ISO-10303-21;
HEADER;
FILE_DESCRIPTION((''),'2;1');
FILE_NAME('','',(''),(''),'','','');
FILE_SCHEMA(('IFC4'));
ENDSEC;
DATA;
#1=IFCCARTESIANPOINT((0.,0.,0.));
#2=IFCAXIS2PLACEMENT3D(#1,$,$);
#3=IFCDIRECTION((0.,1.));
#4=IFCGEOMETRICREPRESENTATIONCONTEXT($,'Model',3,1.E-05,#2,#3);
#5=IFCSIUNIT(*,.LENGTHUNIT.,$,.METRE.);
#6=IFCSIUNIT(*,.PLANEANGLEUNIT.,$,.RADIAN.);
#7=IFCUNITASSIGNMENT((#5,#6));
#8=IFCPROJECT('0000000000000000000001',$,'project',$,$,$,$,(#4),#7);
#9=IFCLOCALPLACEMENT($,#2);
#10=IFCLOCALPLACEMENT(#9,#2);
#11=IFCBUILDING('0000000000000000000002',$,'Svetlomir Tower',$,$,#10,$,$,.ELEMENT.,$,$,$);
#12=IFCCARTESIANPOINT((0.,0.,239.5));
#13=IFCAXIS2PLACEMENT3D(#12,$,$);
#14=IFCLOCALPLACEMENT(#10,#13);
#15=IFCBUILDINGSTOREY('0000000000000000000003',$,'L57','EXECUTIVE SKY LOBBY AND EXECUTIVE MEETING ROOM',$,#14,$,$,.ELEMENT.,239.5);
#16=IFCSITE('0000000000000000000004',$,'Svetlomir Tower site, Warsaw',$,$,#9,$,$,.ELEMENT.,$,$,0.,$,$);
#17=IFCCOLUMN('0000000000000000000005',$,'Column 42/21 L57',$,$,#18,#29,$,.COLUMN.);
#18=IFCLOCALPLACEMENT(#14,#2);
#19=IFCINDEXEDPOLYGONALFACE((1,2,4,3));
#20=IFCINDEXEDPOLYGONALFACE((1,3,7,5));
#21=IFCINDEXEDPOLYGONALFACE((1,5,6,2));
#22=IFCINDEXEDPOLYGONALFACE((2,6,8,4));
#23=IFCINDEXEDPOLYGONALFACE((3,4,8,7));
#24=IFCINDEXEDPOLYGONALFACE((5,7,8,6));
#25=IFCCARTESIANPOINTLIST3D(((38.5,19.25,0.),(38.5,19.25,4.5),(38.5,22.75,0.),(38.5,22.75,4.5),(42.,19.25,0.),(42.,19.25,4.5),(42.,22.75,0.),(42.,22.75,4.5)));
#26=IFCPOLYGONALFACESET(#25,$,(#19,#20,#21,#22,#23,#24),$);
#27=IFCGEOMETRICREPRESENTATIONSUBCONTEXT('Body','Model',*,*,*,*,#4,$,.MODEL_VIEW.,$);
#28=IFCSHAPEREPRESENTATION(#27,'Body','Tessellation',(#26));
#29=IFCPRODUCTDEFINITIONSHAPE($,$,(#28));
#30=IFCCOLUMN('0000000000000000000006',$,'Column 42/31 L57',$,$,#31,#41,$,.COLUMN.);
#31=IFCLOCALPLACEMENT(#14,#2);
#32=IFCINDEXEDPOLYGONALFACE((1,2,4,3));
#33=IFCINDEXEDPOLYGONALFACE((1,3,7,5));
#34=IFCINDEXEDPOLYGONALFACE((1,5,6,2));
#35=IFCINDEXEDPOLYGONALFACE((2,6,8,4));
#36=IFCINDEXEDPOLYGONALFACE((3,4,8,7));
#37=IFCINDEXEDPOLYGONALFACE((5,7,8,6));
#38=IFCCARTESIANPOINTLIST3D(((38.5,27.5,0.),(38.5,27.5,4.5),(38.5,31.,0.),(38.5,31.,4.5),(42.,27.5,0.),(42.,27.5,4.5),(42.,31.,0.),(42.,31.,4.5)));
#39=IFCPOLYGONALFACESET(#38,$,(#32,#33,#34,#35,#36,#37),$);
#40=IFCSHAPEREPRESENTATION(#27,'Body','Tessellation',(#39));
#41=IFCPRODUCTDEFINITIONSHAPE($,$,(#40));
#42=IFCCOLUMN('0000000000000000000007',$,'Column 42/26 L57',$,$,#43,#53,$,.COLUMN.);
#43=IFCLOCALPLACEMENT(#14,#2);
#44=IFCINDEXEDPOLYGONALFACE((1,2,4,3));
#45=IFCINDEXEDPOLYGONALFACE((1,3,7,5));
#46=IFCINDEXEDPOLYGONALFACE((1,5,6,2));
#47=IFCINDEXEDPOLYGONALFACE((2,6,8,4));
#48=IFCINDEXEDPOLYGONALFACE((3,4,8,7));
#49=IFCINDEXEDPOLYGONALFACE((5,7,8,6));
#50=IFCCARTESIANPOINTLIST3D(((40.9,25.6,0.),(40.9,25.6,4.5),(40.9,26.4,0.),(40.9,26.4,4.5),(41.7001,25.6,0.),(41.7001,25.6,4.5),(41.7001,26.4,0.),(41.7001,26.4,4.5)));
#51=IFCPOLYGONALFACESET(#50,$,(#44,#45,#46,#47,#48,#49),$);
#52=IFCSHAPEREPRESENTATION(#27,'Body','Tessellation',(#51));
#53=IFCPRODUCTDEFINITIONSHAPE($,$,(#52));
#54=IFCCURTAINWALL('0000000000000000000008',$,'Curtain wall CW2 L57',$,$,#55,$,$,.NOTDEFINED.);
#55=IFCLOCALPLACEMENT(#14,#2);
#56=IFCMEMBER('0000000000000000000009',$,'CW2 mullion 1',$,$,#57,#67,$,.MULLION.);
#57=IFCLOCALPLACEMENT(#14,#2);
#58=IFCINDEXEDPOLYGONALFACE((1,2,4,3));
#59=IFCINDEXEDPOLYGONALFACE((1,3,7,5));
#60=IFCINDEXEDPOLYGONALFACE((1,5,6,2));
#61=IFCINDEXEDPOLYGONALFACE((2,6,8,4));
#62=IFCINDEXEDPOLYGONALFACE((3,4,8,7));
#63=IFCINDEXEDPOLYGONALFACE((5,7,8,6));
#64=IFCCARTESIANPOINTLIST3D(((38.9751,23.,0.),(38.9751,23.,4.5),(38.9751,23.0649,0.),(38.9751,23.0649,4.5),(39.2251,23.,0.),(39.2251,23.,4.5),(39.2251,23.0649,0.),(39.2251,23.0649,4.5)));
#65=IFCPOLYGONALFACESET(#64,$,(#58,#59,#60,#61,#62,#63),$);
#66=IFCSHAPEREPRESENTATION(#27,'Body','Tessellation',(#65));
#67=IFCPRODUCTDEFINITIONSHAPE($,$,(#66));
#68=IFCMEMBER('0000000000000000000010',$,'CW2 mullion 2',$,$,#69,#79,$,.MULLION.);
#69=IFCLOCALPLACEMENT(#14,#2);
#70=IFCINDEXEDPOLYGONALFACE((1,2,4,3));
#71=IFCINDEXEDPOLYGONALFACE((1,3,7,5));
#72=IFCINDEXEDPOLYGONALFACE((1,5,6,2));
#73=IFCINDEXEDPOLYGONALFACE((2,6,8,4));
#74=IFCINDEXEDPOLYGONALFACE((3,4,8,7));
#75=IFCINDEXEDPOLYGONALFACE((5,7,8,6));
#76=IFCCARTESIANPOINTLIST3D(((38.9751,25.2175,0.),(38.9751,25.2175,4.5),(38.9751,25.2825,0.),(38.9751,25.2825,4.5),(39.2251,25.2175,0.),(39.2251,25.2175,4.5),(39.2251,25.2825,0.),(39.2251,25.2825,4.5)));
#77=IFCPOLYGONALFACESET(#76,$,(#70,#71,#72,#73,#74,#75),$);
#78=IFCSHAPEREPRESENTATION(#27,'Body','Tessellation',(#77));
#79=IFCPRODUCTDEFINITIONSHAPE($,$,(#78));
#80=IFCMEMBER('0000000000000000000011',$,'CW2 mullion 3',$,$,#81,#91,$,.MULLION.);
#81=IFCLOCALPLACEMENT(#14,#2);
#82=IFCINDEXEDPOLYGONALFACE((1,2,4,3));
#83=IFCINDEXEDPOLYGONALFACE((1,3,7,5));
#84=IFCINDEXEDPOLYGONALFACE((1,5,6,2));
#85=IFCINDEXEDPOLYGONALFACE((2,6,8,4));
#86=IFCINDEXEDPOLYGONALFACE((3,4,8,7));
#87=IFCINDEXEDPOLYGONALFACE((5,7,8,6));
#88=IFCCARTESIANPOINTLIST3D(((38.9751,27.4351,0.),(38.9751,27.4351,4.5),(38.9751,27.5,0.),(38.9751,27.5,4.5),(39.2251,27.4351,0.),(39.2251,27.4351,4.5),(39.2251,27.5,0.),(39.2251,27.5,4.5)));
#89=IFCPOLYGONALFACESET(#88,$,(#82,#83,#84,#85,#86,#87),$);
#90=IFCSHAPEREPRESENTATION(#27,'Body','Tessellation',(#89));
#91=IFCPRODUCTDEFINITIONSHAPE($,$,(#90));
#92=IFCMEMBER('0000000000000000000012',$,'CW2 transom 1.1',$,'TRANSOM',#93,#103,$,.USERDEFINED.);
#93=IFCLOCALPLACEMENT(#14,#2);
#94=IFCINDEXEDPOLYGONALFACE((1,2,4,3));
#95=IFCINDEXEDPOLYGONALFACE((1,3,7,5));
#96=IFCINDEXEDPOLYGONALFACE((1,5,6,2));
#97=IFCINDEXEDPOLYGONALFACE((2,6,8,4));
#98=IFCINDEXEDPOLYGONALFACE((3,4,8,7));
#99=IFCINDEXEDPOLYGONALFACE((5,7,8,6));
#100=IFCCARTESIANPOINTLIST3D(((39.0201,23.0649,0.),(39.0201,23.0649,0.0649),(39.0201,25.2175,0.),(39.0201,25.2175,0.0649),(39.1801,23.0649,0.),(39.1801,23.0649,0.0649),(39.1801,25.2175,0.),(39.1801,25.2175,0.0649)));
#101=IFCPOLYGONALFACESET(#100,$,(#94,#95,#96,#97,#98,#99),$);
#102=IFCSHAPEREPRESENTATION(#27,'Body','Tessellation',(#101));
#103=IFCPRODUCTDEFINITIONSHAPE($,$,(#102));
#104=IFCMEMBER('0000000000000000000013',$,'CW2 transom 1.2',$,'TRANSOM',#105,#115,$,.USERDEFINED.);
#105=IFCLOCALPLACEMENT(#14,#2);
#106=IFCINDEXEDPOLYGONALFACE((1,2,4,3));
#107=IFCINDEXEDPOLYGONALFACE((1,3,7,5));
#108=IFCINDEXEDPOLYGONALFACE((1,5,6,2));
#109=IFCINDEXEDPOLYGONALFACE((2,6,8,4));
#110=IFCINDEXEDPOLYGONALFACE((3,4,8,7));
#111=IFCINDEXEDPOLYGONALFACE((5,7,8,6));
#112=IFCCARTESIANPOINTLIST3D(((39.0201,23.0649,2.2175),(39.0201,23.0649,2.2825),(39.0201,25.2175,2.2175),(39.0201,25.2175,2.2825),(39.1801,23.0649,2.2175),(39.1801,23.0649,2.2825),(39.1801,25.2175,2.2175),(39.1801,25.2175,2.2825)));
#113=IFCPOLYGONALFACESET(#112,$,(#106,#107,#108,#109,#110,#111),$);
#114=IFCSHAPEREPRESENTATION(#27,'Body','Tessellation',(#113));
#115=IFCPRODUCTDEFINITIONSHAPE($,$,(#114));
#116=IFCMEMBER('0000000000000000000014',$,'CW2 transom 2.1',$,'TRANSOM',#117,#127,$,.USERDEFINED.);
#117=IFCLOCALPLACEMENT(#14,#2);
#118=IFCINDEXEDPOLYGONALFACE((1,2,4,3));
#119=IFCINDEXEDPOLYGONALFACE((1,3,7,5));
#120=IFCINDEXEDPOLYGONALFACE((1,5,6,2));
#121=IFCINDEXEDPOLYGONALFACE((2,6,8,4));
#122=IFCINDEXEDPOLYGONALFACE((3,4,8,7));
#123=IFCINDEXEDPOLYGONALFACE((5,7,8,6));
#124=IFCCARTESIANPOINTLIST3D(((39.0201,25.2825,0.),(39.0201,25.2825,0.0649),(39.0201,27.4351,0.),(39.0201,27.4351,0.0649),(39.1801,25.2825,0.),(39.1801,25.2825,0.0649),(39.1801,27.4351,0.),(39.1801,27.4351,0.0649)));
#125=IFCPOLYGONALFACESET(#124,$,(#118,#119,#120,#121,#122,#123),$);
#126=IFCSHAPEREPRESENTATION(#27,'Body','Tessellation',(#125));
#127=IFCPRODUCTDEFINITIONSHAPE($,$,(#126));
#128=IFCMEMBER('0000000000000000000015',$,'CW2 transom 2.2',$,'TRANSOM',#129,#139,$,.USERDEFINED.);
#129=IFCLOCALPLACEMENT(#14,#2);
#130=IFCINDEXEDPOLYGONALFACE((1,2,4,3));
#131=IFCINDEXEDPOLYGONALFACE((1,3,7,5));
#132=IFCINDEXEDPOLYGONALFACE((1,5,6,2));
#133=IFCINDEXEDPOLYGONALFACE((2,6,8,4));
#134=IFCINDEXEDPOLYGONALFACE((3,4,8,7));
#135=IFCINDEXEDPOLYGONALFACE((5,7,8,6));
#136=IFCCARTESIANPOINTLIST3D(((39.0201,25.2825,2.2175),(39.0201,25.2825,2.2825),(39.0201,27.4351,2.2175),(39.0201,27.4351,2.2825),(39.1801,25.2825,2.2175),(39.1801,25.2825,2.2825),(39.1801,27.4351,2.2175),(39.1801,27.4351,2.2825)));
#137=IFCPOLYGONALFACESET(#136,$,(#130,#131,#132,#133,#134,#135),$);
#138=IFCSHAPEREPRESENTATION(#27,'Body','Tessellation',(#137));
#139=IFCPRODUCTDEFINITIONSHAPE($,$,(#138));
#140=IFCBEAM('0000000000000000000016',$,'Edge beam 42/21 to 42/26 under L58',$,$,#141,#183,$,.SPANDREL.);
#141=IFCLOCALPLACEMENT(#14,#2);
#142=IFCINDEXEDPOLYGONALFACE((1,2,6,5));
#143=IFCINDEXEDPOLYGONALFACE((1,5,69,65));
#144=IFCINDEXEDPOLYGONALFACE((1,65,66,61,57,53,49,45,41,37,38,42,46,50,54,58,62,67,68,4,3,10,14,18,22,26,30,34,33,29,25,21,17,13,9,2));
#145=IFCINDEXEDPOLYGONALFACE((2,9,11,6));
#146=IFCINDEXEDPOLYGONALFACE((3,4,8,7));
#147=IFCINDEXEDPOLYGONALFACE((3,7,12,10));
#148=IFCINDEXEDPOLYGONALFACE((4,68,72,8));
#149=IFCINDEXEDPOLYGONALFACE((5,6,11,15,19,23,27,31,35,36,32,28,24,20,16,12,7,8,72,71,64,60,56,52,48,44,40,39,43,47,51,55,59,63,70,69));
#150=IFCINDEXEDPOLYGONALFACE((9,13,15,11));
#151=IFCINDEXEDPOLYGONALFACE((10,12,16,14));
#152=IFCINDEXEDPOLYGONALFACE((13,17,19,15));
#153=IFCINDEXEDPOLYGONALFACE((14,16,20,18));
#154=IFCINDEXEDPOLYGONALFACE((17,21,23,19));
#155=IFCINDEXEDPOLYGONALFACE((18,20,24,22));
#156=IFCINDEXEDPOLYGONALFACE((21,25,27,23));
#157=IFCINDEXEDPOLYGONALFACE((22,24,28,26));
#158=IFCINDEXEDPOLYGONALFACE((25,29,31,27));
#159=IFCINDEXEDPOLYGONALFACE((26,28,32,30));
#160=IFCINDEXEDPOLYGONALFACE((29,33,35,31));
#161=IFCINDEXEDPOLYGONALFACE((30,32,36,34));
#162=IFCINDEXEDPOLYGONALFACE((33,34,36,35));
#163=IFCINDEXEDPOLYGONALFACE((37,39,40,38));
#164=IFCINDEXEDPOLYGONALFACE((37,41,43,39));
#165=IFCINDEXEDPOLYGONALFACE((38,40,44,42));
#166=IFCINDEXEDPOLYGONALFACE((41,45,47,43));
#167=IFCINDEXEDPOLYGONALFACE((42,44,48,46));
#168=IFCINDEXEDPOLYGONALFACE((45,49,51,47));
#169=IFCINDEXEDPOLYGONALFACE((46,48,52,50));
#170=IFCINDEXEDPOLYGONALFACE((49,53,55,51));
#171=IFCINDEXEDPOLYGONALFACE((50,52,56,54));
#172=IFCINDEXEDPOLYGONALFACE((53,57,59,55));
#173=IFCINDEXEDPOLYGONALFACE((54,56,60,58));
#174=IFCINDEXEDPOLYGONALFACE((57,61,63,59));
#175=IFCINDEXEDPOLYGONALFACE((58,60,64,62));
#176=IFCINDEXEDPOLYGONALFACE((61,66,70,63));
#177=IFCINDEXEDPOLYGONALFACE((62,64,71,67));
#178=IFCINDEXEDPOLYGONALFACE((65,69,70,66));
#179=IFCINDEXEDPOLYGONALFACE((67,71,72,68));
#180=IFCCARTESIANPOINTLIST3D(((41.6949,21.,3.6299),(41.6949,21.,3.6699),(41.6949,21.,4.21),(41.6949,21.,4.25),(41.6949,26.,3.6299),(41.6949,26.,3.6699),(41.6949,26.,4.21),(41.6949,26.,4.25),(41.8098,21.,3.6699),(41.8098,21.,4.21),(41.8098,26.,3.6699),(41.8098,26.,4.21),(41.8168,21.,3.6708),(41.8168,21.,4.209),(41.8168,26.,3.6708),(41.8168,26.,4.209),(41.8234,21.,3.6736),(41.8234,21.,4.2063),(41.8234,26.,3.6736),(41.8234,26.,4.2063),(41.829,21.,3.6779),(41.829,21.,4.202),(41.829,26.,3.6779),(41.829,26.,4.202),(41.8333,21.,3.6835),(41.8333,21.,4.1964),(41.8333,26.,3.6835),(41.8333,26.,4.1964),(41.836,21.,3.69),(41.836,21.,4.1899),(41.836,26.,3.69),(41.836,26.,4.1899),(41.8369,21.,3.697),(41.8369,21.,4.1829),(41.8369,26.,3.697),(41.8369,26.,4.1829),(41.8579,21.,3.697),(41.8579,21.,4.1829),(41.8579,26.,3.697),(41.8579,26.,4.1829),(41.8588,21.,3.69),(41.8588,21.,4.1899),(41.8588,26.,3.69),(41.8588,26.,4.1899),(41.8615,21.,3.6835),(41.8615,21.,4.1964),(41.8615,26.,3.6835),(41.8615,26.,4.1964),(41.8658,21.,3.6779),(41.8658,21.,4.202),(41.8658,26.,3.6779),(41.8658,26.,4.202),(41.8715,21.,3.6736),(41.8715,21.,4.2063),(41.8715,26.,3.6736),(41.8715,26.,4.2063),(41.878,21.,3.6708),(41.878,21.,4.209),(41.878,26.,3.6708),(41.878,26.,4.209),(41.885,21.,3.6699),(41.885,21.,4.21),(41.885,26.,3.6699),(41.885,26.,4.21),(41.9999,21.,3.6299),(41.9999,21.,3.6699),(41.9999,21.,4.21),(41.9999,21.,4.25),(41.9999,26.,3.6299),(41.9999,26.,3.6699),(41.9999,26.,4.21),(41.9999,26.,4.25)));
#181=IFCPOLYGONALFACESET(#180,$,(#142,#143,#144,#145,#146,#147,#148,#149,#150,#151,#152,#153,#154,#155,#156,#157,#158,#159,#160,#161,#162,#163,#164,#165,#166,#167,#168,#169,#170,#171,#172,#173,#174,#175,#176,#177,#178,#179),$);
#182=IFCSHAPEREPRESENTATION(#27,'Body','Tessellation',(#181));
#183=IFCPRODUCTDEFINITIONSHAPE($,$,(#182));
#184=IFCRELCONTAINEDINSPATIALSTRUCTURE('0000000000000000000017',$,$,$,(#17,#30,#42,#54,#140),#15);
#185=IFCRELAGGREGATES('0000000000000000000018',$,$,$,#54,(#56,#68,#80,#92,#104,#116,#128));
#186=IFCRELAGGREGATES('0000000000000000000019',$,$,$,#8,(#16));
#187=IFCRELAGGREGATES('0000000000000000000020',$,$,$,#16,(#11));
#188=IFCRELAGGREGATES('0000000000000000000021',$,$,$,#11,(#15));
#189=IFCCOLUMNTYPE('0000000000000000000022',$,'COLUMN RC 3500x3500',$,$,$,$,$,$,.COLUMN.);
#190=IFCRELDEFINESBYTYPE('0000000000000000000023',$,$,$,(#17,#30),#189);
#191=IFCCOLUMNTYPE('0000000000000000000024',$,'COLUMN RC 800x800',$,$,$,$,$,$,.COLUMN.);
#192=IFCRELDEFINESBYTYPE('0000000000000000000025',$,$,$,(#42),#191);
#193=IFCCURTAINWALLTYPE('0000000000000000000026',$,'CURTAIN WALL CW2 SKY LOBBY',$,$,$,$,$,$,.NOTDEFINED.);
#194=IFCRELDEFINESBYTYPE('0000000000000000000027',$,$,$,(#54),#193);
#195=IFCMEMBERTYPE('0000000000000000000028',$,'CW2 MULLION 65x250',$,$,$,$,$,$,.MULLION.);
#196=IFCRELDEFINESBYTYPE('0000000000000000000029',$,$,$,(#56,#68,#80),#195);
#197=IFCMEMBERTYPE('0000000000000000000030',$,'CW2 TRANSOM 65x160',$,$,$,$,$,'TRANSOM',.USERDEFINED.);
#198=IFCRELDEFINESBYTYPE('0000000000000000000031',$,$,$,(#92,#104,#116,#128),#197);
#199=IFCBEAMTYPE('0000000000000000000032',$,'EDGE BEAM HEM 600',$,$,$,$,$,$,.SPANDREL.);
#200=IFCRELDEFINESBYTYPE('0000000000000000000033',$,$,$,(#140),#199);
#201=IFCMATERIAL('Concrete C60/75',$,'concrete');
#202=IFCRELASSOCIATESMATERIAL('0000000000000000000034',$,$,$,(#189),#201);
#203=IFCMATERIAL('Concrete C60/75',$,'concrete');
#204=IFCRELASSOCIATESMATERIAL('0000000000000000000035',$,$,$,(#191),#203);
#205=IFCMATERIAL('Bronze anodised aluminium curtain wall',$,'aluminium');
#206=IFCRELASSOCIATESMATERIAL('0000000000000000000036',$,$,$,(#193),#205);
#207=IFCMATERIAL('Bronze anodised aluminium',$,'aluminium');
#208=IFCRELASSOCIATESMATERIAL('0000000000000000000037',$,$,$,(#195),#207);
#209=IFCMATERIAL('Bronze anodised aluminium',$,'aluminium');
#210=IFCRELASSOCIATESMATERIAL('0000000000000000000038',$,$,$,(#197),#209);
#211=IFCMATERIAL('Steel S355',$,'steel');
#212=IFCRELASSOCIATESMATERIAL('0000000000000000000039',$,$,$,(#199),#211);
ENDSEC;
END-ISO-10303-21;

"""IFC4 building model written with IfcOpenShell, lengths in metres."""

from ifc_helpers import new_model, si_unit, direction, frame, origin, origin_2d, place, context, subcontext, project, spatial, rectangle, i_section, extrude, material, material_profile, profile_set, type_object, element, aggregate, save


model = new_model("IFC4")

# Units and contexts
model_context = context("Model", 3, precision=1e-05, world=origin(), true_north=direction((0.0, 1.0)))
body_context = subcontext(model_context, "Body", "Model", "MODEL_VIEW")
ifc_project = project(units=[si_unit("LENGTHUNIT", "METRE"), si_unit("PLANEANGLEUNIT", "RADIAN")], contexts=[model_context])

# Site, building, storey
site_placement = place(None, origin())
site = spatial("IfcSite", under=ifc_project, at=site_placement, Name="Svetlomir Tower site, Warsaw", CompositionType="ELEMENT", RefElevation=0.0)
building_placement = place(site_placement, origin())
building = spatial("IfcBuilding", under=site, at=building_placement, Name="Svetlomir Tower", CompositionType="ELEMENT")
storey_placement = place(building_placement, frame((0.0, 0.0, 239.5)))
storey = spatial("IfcBuildingStorey", under=building, at=storey_placement, Name="L57", Description="EXECUTIVE SKY LOBBY AND EXECUTIVE MEETING ROOM", CompositionType="ELEMENT", Elevation=239.5)

# Columns
ifc_material_1 = material(Name="Concrete C60/75", Category="concrete")
ifc_material_profile_1 = material_profile(ifc_material_1, rectangle(XDim=3.5, YDim=3.5, at=origin_2d()), Name="RC 3500x3500")
ifc_profile_set_1 = profile_set([ifc_material_profile_1], Name="Concrete C60/75")
column_type_1 = type_object("IfcColumnType", Name="COLUMN RC 3500x3500", PredefinedType="COLUMN", material=ifc_profile_set_1)
for number, where, z_axis, x_axis, name in (
    (1, (40.25, 21.0, 0.0), (0.0, 0.0, 1.0), (1.0, 0.0, 0.0), "Column 42/21 L57"),
    (2, (40.25, 29.25, 0.0), (0.0, 0.0, 1.0), (1.0, 0.0, 0.0), "Column 42/31 L57"),
):
    element("IfcColumn", number, at=place(storey_placement, frame(where, z_axis=z_axis, x_axis=x_axis)), inside=storey, type_object=column_type_1, Name=name, PredefinedType="COLUMN", context=body_context, shape_type="SweptSolid", body=[
        extrude(rectangle(XDim=3.5, YDim=3.5, at=origin_2d()), origin(), (0.0, 0.0, 1.0), 4.5),
    ])
ifc_material_2 = material(Name="Concrete C60/75", Category="concrete")
ifc_material_profile_2 = material_profile(ifc_material_2, rectangle(XDim=0.8, YDim=0.8, at=origin_2d()), Name="RC 800x800")
ifc_profile_set_2 = profile_set([ifc_material_profile_2], Name="Concrete C60/75")
column_type_2 = type_object("IfcColumnType", Name="COLUMN RC 800x800", PredefinedType="COLUMN", material=ifc_profile_set_2)
column_placement = place(storey_placement, frame((41.3, 26.0, 0.0), z_axis=(0.0, 0.0, 1.0), x_axis=(1.0, 0.0, 0.0)))
element("IfcColumn", 3, at=column_placement, inside=storey, type_object=column_type_2, Name="Column 42/26 L57", PredefinedType="COLUMN", context=body_context, shape_type="SweptSolid", body=[
    extrude(rectangle(XDim=0.8, YDim=0.8, at=origin_2d()), origin(), (0.0, 0.0, 1.0), 4.5),
])

# Curtain wall, members
ifc_material_3 = material(Name="Bronze anodised aluminium curtain wall", Category="aluminium")
curtain_wall_type = type_object("IfcCurtainWallType", Name="CURTAIN WALL CW2 SKY LOBBY", PredefinedType="NOTDEFINED", material=ifc_material_3)
curtain_wall_placement = place(storey_placement, origin())
curtain_wall = element("IfcCurtainWall", 4, at=curtain_wall_placement, inside=storey, type_object=curtain_wall_type, Name="Curtain wall CW2 L57", PredefinedType="NOTDEFINED")
ifc_material_4 = material(Name="Bronze anodised aluminium", Category="aluminium")
ifc_material_profile_3 = material_profile(ifc_material_4, rectangle(XDim=0.0649, YDim=0.25, at=origin_2d()), Name="AL 65x250")
ifc_profile_set_3 = profile_set([ifc_material_profile_3], Name="Bronze anodised aluminium 6063-T6")
member_type_1 = type_object("IfcMemberType", Name="CW2 MULLION 65x250", PredefinedType="MULLION", material=ifc_profile_set_3)
member_1_placement = place(storey_placement, frame((39.1001, 23.0325, 0.0), z_axis=(0.0, 0.0, 1.0), x_axis=(0.0, 1.0, 0.0)))
member_1 = element("IfcMember", 5, at=member_1_placement, type_object=member_type_1, Name="CW2 mullion 1", PredefinedType="MULLION", context=body_context, shape_type="SweptSolid", body=[
    extrude(rectangle(XDim=0.0649, YDim=0.25, at=origin_2d()), origin(), (0.0, 0.0, 1.0), 4.5),
])
member_2_placement = place(storey_placement, frame((39.1001, 25.25, 0.0), z_axis=(0.0, 0.0, 1.0), x_axis=(0.0, 1.0, 0.0)))
member_2 = element("IfcMember", 6, at=member_2_placement, type_object=member_type_1, Name="CW2 mullion 2", PredefinedType="MULLION", context=body_context, shape_type="SweptSolid", body=[
    extrude(rectangle(XDim=0.0649, YDim=0.25, at=origin_2d()), origin(), (0.0, 0.0, 1.0), 4.5),
])
member_3_placement = place(storey_placement, frame((39.1001, 27.4675, 0.0), z_axis=(0.0, 0.0, 1.0), x_axis=(0.0, 1.0, 0.0)))
member_3 = element("IfcMember", 7, at=member_3_placement, type_object=member_type_1, Name="CW2 mullion 3", PredefinedType="MULLION", context=body_context, shape_type="SweptSolid", body=[
    extrude(rectangle(XDim=0.0649, YDim=0.25, at=origin_2d()), origin(), (0.0, 0.0, 1.0), 4.5),
])
ifc_material_5 = material(Name="Bronze anodised aluminium", Category="aluminium")
ifc_material_profile_4 = material_profile(ifc_material_5, rectangle(XDim=0.1599, YDim=0.0649, at=origin_2d()), Name="AL 160x65")
ifc_profile_set_4 = profile_set([ifc_material_profile_4], Name="Bronze anodised aluminium 6063-T6")
member_type_2 = type_object("IfcMemberType", Name="CW2 TRANSOM 65x160", ElementType="TRANSOM", PredefinedType="USERDEFINED", material=ifc_profile_set_4)
member_4_placement = place(storey_placement, frame((39.1001, 23.0649, 0.0325), z_axis=(0.0, 1.0, 0.0), x_axis=(-1.0, 0.0, 0.0)))
member_4 = element("IfcMember", 8, at=member_4_placement, type_object=member_type_2, Name="CW2 transom 1.1", ObjectType="TRANSOM", PredefinedType="USERDEFINED", context=body_context, shape_type="SweptSolid", body=[
    extrude(rectangle(XDim=0.1599, YDim=0.0649, at=origin_2d()), origin(), (0.0, 0.0, 1.0), 2.1526),
])
member_5_placement = place(storey_placement, frame((39.1001, 23.0649, 2.25), z_axis=(0.0, 1.0, 0.0), x_axis=(-1.0, 0.0, 0.0)))
member_5 = element("IfcMember", 9, at=member_5_placement, type_object=member_type_2, Name="CW2 transom 1.2", ObjectType="TRANSOM", PredefinedType="USERDEFINED", context=body_context, shape_type="SweptSolid", body=[
    extrude(rectangle(XDim=0.1599, YDim=0.0649, at=origin_2d()), origin(), (0.0, 0.0, 1.0), 2.1526),
])
member_6_placement = place(storey_placement, frame((39.1001, 25.2825, 0.0325), z_axis=(0.0, 1.0, 0.0), x_axis=(-1.0, 0.0, 0.0)))
member_6 = element("IfcMember", 10, at=member_6_placement, type_object=member_type_2, Name="CW2 transom 2.1", ObjectType="TRANSOM", PredefinedType="USERDEFINED", context=body_context, shape_type="SweptSolid", body=[
    extrude(rectangle(XDim=0.1599, YDim=0.0649, at=origin_2d()), origin(), (0.0, 0.0, 1.0), 2.1526),
])
member_7_placement = place(storey_placement, frame((39.1001, 25.2825, 2.25), z_axis=(0.0, 1.0, 0.0), x_axis=(-1.0, 0.0, 0.0)))
member_7 = element("IfcMember", 11, at=member_7_placement, type_object=member_type_2, Name="CW2 transom 2.2", ObjectType="TRANSOM", PredefinedType="USERDEFINED", context=body_context, shape_type="SweptSolid", body=[
    extrude(rectangle(XDim=0.1599, YDim=0.0649, at=origin_2d()), origin(), (0.0, 0.0, 1.0), 2.1526),
])

# Beam
ifc_material_6 = material(Name="Steel S355", Category="steel")
ifc_material_profile_5 = material_profile(ifc_material_6, i_section(OverallWidth=0.3049, OverallDepth=0.6201, WebThickness=0.021, FlangeThickness=0.04, FilletRadius=0.0271, at=origin_2d()), Name="HEM 600")
ifc_profile_set_5 = profile_set([ifc_material_profile_5], Name="Steel S355")
beam_type_1 = type_object("IfcBeamType", Name="EDGE BEAM HEM 600", PredefinedType="SPANDREL", material=ifc_profile_set_5)
beam_1_placement = place(storey_placement, frame((41.8474, 21.0, 3.9399), z_axis=(0.0, 1.0, 0.0), x_axis=(-1.0, 0.0, 0.0)))
element("IfcBeam", 12, at=beam_1_placement, inside=storey, type_object=beam_type_1, Name="Edge beam 42/21 to 42/26 under L58", PredefinedType="SPANDREL", context=body_context, shape_type="SweptSolid", body=[
    extrude(i_section(OverallWidth=0.3049, OverallDepth=0.6201, WebThickness=0.021, FlangeThickness=0.04, FilletRadius=0.0271, at=origin_2d()), origin(), (0.0, 0.0, 1.0), 5.0),
])

aggregate(curtain_wall, [member_1, member_2, member_3, member_4, member_5, member_6, member_7])

save(model, "model.ifc")
